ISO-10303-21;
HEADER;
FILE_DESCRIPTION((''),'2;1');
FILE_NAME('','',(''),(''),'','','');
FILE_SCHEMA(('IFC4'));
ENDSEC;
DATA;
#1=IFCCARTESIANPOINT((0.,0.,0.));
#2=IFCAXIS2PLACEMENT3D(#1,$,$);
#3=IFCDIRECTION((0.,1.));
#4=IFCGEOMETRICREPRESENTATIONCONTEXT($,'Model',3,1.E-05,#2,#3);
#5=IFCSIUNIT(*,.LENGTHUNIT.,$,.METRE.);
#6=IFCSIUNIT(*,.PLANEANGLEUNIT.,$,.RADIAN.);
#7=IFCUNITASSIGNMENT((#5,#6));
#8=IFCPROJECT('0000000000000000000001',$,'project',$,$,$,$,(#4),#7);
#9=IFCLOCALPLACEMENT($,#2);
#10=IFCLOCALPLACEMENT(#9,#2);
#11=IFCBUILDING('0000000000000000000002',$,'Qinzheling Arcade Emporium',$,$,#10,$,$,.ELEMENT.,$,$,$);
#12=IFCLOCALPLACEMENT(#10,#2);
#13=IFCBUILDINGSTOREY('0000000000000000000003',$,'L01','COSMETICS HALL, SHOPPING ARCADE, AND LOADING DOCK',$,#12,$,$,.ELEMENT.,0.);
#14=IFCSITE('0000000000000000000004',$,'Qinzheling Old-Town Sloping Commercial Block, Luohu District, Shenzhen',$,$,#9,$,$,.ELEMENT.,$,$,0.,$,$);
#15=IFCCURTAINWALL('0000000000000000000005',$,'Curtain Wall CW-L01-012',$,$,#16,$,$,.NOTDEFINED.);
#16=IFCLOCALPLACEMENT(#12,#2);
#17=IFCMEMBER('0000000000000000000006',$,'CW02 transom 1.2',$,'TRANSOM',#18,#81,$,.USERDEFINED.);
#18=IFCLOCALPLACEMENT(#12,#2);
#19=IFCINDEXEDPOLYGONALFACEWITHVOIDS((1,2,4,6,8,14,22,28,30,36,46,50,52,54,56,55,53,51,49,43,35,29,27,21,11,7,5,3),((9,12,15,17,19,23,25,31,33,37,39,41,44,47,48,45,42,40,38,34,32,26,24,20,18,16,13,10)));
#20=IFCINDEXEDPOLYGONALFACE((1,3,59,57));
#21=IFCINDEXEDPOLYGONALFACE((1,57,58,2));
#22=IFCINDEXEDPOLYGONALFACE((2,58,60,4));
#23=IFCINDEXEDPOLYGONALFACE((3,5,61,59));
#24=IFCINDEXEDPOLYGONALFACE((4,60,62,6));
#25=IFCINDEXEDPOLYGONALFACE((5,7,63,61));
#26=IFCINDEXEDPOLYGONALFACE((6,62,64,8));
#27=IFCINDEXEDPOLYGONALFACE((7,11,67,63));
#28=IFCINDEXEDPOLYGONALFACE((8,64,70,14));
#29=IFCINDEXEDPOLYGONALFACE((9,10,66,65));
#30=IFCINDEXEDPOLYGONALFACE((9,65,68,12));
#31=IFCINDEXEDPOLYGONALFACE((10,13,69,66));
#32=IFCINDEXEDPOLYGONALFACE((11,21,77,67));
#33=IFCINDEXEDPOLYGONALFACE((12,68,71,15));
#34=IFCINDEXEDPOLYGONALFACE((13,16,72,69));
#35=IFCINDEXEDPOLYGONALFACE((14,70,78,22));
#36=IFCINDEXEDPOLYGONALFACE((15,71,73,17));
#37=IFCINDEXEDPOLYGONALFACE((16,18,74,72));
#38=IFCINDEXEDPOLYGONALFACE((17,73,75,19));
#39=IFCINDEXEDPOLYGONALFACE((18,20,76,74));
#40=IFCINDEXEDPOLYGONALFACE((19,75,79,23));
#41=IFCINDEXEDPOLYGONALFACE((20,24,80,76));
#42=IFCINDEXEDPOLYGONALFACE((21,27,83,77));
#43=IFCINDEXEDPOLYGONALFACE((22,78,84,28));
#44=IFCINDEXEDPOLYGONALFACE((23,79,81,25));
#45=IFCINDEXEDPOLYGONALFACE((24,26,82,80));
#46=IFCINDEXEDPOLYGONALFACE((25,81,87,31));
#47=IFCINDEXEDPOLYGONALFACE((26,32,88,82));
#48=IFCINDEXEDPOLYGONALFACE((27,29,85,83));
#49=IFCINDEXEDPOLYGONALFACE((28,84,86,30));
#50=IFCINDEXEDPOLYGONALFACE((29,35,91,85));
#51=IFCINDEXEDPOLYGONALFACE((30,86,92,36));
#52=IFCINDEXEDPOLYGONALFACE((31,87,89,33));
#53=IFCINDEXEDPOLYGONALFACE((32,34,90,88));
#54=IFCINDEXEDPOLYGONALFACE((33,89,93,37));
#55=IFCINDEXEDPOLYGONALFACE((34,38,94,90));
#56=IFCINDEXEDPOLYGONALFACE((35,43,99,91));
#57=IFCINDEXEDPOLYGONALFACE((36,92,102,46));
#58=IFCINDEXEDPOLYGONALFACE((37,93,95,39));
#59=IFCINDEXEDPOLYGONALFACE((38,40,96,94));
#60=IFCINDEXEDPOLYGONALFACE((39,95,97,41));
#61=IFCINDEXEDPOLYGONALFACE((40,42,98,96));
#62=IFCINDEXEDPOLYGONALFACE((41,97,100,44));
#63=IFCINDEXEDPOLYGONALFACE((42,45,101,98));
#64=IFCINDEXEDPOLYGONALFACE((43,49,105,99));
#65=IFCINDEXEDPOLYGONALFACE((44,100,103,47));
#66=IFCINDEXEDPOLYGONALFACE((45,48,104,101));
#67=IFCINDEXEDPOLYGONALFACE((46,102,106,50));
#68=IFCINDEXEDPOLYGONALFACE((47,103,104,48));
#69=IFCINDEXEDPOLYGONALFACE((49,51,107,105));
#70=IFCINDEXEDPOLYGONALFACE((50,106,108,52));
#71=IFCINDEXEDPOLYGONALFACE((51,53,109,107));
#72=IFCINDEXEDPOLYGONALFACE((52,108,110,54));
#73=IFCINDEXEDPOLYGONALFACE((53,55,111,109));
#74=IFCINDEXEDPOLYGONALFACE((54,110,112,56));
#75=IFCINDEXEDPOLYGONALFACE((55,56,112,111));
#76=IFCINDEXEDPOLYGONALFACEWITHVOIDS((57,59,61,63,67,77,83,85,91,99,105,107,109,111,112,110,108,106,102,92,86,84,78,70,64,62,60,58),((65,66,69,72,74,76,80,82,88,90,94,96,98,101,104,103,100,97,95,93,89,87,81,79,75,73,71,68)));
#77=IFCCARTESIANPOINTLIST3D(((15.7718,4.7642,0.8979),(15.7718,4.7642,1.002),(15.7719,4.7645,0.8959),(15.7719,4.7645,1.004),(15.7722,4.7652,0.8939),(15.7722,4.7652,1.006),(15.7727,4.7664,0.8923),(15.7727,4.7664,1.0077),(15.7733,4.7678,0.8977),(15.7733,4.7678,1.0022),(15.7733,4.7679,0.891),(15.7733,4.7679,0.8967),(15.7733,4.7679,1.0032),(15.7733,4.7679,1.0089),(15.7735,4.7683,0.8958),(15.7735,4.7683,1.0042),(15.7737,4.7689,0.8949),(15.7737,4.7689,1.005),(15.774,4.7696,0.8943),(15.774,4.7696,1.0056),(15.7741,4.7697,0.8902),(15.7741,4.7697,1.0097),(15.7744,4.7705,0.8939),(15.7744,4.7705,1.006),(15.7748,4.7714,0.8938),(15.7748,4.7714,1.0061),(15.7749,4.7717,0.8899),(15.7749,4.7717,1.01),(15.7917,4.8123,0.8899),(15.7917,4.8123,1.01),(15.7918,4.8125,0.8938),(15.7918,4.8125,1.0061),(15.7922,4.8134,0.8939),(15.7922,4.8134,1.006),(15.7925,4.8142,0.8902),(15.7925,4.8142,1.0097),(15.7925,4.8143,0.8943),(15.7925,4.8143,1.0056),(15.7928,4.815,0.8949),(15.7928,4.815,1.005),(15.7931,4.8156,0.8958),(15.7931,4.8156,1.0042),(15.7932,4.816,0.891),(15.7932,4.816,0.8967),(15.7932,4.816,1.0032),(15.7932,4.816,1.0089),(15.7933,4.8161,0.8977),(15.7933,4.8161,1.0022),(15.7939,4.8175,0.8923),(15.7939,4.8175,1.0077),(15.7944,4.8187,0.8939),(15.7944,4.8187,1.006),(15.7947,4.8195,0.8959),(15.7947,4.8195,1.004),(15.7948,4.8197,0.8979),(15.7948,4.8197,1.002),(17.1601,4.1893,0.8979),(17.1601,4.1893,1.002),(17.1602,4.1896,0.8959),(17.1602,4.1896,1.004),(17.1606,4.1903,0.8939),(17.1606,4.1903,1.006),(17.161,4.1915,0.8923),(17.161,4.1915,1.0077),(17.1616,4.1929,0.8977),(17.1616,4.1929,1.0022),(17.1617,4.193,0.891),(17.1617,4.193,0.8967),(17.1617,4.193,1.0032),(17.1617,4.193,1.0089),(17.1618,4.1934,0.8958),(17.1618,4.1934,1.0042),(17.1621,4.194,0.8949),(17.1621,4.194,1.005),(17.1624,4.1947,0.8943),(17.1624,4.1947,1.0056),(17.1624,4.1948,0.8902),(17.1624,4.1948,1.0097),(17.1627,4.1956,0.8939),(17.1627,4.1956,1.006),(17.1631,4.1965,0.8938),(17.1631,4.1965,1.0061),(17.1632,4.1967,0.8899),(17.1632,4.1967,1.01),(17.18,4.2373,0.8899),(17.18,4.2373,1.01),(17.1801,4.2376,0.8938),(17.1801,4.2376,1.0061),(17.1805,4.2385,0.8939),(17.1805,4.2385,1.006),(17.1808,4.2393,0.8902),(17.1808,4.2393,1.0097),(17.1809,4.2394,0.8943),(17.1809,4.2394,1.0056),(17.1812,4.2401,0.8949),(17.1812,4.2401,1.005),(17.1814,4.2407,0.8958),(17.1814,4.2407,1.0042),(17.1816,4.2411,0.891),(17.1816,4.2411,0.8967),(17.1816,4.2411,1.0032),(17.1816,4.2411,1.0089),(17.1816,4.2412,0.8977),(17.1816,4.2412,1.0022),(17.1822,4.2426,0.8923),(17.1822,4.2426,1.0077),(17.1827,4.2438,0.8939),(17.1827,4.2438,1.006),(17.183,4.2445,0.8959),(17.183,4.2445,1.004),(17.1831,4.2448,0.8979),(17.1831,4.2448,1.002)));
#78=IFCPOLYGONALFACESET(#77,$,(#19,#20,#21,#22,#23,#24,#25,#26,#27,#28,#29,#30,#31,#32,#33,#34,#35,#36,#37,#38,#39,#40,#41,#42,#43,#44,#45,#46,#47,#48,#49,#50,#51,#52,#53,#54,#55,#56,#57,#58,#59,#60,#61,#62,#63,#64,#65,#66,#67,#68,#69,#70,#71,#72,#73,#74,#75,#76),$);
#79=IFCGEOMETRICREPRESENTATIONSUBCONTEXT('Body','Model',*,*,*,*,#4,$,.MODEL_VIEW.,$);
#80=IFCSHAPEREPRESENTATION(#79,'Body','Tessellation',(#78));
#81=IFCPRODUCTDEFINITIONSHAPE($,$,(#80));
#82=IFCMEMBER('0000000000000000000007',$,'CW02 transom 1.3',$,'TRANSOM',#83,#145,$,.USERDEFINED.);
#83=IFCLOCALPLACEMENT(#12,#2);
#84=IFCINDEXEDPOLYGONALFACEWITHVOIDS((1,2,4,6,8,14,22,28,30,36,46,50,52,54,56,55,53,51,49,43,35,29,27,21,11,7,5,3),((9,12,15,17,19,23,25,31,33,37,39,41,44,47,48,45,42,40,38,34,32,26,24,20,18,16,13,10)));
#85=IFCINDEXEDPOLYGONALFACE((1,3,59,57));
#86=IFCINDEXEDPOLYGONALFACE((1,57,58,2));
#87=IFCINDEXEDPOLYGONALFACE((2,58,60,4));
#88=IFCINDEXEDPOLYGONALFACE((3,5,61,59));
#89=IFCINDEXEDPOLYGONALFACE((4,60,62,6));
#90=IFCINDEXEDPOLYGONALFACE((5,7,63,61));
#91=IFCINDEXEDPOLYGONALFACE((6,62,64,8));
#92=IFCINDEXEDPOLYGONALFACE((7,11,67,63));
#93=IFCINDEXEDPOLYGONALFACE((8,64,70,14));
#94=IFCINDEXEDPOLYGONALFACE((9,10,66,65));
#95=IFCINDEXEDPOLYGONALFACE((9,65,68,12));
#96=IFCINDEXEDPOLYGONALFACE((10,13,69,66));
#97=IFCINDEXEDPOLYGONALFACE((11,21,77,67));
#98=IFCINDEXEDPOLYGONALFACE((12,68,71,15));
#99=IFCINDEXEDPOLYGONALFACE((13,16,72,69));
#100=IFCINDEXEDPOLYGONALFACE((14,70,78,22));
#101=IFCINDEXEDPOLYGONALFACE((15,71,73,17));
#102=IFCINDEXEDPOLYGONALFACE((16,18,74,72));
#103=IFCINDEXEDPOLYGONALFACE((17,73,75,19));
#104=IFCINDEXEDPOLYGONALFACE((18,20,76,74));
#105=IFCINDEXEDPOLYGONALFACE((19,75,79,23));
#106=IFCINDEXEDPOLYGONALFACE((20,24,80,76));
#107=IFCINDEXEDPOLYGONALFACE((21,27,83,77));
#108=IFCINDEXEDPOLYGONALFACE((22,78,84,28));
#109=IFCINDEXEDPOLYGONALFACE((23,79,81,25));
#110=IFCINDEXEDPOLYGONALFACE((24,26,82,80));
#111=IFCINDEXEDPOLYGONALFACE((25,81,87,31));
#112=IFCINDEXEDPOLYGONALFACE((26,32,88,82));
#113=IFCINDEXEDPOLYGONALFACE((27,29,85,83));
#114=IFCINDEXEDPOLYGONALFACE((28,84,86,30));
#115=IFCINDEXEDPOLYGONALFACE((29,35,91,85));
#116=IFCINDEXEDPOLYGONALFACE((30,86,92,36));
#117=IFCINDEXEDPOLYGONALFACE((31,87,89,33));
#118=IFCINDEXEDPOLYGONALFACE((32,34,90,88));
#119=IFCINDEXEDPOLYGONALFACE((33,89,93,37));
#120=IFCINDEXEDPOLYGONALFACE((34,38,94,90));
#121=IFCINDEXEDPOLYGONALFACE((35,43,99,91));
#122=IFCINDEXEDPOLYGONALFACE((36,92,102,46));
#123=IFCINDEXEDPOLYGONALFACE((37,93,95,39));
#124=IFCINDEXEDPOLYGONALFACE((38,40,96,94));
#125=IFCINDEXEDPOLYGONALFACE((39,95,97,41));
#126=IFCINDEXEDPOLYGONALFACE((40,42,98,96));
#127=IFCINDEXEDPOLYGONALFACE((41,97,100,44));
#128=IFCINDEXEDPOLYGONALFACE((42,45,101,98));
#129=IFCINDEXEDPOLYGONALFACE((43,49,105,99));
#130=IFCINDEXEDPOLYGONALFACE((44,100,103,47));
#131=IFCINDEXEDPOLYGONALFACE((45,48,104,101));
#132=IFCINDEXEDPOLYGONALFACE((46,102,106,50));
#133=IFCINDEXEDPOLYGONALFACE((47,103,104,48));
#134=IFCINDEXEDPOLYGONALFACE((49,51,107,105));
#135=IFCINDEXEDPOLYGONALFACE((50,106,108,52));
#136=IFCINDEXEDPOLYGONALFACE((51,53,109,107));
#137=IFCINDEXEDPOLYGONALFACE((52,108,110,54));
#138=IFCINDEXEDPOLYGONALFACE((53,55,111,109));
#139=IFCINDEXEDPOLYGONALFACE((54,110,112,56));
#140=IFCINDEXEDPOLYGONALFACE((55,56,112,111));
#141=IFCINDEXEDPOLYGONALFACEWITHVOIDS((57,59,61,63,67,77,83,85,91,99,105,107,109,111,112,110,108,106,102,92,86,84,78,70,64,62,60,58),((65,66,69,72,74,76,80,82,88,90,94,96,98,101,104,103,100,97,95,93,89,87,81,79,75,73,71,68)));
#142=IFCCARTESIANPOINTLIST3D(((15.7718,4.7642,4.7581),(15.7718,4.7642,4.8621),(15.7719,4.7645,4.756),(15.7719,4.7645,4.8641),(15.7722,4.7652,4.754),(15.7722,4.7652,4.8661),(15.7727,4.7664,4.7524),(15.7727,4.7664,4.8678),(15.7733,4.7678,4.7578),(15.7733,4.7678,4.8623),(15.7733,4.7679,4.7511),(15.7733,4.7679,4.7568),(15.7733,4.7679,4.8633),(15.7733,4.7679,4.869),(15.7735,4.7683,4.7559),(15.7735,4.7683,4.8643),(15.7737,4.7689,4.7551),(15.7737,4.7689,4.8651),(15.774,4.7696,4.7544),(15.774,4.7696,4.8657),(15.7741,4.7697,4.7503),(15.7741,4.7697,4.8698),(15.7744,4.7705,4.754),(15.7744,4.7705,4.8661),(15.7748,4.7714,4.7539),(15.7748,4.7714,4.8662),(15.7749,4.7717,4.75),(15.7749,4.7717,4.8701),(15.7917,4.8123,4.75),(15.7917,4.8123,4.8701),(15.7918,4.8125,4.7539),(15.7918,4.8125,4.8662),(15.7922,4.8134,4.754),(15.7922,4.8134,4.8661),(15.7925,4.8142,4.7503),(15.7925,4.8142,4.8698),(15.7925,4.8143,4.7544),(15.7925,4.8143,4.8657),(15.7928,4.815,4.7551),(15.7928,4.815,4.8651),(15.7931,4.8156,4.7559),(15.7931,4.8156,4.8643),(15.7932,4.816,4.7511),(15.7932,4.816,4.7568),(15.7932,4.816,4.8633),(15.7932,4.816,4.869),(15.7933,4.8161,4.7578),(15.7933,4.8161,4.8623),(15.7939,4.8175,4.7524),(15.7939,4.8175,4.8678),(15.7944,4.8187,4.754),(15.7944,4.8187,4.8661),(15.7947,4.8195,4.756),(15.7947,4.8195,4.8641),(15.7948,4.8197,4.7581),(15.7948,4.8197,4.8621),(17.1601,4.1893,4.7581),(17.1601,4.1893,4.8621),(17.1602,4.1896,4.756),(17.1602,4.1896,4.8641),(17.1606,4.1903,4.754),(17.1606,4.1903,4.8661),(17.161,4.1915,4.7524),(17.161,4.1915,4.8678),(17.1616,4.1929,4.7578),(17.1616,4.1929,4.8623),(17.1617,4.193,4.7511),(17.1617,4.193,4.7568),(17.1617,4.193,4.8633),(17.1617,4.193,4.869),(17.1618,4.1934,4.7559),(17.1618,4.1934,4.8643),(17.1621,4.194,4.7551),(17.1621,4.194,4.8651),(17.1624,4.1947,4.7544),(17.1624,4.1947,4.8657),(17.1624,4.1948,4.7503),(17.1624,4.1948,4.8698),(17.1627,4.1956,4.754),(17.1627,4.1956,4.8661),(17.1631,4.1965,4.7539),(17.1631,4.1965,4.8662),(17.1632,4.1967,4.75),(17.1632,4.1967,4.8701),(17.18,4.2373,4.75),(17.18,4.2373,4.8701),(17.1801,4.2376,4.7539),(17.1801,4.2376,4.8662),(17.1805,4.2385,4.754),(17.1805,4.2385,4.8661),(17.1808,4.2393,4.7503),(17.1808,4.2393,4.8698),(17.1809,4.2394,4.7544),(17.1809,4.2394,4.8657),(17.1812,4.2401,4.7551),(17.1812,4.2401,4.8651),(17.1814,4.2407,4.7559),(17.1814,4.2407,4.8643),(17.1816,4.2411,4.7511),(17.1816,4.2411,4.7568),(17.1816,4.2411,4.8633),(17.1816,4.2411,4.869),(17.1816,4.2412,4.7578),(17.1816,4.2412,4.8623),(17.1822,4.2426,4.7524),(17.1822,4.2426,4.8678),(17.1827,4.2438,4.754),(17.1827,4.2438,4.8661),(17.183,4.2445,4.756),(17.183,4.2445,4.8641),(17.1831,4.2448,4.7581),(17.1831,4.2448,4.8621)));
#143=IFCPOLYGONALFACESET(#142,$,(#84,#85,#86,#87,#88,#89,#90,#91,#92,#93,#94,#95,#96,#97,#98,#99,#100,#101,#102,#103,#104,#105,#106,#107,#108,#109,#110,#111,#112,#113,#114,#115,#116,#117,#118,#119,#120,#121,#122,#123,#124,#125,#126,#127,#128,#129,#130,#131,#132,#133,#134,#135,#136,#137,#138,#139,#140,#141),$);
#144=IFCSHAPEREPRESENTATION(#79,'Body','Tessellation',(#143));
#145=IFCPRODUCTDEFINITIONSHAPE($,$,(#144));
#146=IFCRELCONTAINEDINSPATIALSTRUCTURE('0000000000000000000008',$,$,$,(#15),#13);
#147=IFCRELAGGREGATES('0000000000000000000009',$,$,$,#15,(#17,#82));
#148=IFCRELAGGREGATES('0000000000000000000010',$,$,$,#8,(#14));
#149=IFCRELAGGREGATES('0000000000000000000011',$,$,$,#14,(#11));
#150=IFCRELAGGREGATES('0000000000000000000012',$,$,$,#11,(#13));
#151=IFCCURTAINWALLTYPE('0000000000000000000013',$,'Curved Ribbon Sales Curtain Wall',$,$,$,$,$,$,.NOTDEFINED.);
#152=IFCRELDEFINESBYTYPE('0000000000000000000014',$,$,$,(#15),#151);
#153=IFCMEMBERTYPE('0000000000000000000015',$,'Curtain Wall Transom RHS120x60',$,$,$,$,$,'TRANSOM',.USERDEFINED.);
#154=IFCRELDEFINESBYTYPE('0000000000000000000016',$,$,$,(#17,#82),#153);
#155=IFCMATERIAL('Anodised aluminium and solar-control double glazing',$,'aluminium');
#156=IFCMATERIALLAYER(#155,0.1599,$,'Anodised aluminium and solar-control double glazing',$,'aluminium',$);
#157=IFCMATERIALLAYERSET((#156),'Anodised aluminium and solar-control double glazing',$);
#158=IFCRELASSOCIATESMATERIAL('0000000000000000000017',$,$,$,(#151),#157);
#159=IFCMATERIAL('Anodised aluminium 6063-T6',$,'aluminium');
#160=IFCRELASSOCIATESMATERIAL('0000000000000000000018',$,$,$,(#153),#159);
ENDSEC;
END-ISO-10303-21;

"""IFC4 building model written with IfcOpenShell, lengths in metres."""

from ifc_helpers import new_model, si_unit, direction, frame, origin, origin_2d, place, context, subcontext, project, spatial, hollow_rectangle, extrude, material, layer, layer_set, material_profile, profile_set, type_object, element, aggregate, save


model = new_model("IFC4")

# Units and contexts
model_context = context("Model", 3, precision=1e-05, world=origin(), true_north=direction((0.0, 1.0)))
body_context = subcontext(model_context, "Body", "Model", "MODEL_VIEW")
ifc_project = project(units=[si_unit("LENGTHUNIT", "METRE"), si_unit("PLANEANGLEUNIT", "RADIAN")], contexts=[model_context])

# Site, building, storey
site_placement = place(None, origin())
site = spatial("IfcSite", under=ifc_project, at=site_placement, Name="Qinzheling Old-Town Sloping Commercial Block, Luohu District, Shenzhen", CompositionType="ELEMENT", RefElevation=0.0)
building_placement = place(site_placement, origin())
building = spatial("IfcBuilding", under=site, at=building_placement, Name="Qinzheling Arcade Emporium", CompositionType="ELEMENT")
storey_placement = place(building_placement, origin())
storey = spatial("IfcBuildingStorey", under=building, at=storey_placement, Name="L01", Description="COSMETICS HALL, SHOPPING ARCADE, AND LOADING DOCK", CompositionType="ELEMENT", Elevation=0.0)

# Shared definitions
ifc_material_1 = material(Name="Anodised aluminium and solar-control double glazing", Category="aluminium")
ifc_layer_1 = layer(ifc_material_1, 0.1599, Name="Anodised aluminium and solar-control double glazing", Category="aluminium")
ifc_layer_set_1 = layer_set([ifc_layer_1], Name="Anodised aluminium and solar-control double glazing")
curtain_wall_type = type_object("IfcCurtainWallType", Name="Curved Ribbon Sales Curtain Wall", PredefinedType="NOTDEFINED", material=ifc_layer_set_1)
ifc_material_2 = material(Name="Anodised aluminium 6063-T6", Category="aluminium")

# Curtain wall, members
curtain_wall_1_placement = place(storey_placement, origin())
curtain_wall_1 = element("IfcCurtainWall", 1, at=curtain_wall_1_placement, inside=storey, type_object=curtain_wall_type, Name="Curtain Wall CW-L01-012", PredefinedType="NOTDEFINED")
ifc_material_profile_1 = material_profile(ifc_material_2, hollow_rectangle(XDim=0.0601, YDim=0.1201, WallThickness=0.0039, InnerFilletRadius=0.0039, OuterFilletRadius=0.0081, at=origin_2d()), Name="RHS 120x60x4", Category="aluminium")
ifc_profile_set_1 = profile_set([ifc_material_profile_1], Name="Anodised aluminium 6063-T6")
member_type_1 = type_object("IfcMemberType", Name="Curtain Wall Transom RHS120x60", ElementType="TRANSOM", PredefinedType="USERDEFINED", material=ifc_profile_set_1)
member_1_placement = place(storey_placement, frame((17.1716, 4.217, 0.95), z_axis=(-0.923916, 0.382596, 0.0), x_axis=(-0.382596, -0.923916, 0.0)))
member_1 = element("IfcMember", 2, at=member_1_placement, type_object=member_type_1, Name="CW02 transom 1.2", ObjectType="TRANSOM", PredefinedType="USERDEFINED", context=body_context, shape_type="SweptSolid", body=[
    extrude(hollow_rectangle(XDim=0.0601, YDim=0.1201, WallThickness=0.0039, InnerFilletRadius=0.0039, OuterFilletRadius=0.0081, at=origin_2d()), origin(), (0.0, 0.0, 1.0), 1.5027),
])
member_2_placement = place(storey_placement, frame((17.1716, 4.217, 4.8101), z_axis=(-0.923916, 0.382596, 0.0), x_axis=(-0.382596, -0.923916, 0.0)))
member_2 = element("IfcMember", 3, at=member_2_placement, type_object=member_type_1, Name="CW02 transom 1.3", ObjectType="TRANSOM", PredefinedType="USERDEFINED", context=body_context, shape_type="SweptSolid", body=[
    extrude(hollow_rectangle(XDim=0.0601, YDim=0.1201, WallThickness=0.0039, InnerFilletRadius=0.0039, OuterFilletRadius=0.0081, at=origin_2d()), origin(), (0.0, 0.0, 1.0), 1.5027),
])

aggregate(curtain_wall_1, [member_1, member_2])

save(model, "model.ifc")
